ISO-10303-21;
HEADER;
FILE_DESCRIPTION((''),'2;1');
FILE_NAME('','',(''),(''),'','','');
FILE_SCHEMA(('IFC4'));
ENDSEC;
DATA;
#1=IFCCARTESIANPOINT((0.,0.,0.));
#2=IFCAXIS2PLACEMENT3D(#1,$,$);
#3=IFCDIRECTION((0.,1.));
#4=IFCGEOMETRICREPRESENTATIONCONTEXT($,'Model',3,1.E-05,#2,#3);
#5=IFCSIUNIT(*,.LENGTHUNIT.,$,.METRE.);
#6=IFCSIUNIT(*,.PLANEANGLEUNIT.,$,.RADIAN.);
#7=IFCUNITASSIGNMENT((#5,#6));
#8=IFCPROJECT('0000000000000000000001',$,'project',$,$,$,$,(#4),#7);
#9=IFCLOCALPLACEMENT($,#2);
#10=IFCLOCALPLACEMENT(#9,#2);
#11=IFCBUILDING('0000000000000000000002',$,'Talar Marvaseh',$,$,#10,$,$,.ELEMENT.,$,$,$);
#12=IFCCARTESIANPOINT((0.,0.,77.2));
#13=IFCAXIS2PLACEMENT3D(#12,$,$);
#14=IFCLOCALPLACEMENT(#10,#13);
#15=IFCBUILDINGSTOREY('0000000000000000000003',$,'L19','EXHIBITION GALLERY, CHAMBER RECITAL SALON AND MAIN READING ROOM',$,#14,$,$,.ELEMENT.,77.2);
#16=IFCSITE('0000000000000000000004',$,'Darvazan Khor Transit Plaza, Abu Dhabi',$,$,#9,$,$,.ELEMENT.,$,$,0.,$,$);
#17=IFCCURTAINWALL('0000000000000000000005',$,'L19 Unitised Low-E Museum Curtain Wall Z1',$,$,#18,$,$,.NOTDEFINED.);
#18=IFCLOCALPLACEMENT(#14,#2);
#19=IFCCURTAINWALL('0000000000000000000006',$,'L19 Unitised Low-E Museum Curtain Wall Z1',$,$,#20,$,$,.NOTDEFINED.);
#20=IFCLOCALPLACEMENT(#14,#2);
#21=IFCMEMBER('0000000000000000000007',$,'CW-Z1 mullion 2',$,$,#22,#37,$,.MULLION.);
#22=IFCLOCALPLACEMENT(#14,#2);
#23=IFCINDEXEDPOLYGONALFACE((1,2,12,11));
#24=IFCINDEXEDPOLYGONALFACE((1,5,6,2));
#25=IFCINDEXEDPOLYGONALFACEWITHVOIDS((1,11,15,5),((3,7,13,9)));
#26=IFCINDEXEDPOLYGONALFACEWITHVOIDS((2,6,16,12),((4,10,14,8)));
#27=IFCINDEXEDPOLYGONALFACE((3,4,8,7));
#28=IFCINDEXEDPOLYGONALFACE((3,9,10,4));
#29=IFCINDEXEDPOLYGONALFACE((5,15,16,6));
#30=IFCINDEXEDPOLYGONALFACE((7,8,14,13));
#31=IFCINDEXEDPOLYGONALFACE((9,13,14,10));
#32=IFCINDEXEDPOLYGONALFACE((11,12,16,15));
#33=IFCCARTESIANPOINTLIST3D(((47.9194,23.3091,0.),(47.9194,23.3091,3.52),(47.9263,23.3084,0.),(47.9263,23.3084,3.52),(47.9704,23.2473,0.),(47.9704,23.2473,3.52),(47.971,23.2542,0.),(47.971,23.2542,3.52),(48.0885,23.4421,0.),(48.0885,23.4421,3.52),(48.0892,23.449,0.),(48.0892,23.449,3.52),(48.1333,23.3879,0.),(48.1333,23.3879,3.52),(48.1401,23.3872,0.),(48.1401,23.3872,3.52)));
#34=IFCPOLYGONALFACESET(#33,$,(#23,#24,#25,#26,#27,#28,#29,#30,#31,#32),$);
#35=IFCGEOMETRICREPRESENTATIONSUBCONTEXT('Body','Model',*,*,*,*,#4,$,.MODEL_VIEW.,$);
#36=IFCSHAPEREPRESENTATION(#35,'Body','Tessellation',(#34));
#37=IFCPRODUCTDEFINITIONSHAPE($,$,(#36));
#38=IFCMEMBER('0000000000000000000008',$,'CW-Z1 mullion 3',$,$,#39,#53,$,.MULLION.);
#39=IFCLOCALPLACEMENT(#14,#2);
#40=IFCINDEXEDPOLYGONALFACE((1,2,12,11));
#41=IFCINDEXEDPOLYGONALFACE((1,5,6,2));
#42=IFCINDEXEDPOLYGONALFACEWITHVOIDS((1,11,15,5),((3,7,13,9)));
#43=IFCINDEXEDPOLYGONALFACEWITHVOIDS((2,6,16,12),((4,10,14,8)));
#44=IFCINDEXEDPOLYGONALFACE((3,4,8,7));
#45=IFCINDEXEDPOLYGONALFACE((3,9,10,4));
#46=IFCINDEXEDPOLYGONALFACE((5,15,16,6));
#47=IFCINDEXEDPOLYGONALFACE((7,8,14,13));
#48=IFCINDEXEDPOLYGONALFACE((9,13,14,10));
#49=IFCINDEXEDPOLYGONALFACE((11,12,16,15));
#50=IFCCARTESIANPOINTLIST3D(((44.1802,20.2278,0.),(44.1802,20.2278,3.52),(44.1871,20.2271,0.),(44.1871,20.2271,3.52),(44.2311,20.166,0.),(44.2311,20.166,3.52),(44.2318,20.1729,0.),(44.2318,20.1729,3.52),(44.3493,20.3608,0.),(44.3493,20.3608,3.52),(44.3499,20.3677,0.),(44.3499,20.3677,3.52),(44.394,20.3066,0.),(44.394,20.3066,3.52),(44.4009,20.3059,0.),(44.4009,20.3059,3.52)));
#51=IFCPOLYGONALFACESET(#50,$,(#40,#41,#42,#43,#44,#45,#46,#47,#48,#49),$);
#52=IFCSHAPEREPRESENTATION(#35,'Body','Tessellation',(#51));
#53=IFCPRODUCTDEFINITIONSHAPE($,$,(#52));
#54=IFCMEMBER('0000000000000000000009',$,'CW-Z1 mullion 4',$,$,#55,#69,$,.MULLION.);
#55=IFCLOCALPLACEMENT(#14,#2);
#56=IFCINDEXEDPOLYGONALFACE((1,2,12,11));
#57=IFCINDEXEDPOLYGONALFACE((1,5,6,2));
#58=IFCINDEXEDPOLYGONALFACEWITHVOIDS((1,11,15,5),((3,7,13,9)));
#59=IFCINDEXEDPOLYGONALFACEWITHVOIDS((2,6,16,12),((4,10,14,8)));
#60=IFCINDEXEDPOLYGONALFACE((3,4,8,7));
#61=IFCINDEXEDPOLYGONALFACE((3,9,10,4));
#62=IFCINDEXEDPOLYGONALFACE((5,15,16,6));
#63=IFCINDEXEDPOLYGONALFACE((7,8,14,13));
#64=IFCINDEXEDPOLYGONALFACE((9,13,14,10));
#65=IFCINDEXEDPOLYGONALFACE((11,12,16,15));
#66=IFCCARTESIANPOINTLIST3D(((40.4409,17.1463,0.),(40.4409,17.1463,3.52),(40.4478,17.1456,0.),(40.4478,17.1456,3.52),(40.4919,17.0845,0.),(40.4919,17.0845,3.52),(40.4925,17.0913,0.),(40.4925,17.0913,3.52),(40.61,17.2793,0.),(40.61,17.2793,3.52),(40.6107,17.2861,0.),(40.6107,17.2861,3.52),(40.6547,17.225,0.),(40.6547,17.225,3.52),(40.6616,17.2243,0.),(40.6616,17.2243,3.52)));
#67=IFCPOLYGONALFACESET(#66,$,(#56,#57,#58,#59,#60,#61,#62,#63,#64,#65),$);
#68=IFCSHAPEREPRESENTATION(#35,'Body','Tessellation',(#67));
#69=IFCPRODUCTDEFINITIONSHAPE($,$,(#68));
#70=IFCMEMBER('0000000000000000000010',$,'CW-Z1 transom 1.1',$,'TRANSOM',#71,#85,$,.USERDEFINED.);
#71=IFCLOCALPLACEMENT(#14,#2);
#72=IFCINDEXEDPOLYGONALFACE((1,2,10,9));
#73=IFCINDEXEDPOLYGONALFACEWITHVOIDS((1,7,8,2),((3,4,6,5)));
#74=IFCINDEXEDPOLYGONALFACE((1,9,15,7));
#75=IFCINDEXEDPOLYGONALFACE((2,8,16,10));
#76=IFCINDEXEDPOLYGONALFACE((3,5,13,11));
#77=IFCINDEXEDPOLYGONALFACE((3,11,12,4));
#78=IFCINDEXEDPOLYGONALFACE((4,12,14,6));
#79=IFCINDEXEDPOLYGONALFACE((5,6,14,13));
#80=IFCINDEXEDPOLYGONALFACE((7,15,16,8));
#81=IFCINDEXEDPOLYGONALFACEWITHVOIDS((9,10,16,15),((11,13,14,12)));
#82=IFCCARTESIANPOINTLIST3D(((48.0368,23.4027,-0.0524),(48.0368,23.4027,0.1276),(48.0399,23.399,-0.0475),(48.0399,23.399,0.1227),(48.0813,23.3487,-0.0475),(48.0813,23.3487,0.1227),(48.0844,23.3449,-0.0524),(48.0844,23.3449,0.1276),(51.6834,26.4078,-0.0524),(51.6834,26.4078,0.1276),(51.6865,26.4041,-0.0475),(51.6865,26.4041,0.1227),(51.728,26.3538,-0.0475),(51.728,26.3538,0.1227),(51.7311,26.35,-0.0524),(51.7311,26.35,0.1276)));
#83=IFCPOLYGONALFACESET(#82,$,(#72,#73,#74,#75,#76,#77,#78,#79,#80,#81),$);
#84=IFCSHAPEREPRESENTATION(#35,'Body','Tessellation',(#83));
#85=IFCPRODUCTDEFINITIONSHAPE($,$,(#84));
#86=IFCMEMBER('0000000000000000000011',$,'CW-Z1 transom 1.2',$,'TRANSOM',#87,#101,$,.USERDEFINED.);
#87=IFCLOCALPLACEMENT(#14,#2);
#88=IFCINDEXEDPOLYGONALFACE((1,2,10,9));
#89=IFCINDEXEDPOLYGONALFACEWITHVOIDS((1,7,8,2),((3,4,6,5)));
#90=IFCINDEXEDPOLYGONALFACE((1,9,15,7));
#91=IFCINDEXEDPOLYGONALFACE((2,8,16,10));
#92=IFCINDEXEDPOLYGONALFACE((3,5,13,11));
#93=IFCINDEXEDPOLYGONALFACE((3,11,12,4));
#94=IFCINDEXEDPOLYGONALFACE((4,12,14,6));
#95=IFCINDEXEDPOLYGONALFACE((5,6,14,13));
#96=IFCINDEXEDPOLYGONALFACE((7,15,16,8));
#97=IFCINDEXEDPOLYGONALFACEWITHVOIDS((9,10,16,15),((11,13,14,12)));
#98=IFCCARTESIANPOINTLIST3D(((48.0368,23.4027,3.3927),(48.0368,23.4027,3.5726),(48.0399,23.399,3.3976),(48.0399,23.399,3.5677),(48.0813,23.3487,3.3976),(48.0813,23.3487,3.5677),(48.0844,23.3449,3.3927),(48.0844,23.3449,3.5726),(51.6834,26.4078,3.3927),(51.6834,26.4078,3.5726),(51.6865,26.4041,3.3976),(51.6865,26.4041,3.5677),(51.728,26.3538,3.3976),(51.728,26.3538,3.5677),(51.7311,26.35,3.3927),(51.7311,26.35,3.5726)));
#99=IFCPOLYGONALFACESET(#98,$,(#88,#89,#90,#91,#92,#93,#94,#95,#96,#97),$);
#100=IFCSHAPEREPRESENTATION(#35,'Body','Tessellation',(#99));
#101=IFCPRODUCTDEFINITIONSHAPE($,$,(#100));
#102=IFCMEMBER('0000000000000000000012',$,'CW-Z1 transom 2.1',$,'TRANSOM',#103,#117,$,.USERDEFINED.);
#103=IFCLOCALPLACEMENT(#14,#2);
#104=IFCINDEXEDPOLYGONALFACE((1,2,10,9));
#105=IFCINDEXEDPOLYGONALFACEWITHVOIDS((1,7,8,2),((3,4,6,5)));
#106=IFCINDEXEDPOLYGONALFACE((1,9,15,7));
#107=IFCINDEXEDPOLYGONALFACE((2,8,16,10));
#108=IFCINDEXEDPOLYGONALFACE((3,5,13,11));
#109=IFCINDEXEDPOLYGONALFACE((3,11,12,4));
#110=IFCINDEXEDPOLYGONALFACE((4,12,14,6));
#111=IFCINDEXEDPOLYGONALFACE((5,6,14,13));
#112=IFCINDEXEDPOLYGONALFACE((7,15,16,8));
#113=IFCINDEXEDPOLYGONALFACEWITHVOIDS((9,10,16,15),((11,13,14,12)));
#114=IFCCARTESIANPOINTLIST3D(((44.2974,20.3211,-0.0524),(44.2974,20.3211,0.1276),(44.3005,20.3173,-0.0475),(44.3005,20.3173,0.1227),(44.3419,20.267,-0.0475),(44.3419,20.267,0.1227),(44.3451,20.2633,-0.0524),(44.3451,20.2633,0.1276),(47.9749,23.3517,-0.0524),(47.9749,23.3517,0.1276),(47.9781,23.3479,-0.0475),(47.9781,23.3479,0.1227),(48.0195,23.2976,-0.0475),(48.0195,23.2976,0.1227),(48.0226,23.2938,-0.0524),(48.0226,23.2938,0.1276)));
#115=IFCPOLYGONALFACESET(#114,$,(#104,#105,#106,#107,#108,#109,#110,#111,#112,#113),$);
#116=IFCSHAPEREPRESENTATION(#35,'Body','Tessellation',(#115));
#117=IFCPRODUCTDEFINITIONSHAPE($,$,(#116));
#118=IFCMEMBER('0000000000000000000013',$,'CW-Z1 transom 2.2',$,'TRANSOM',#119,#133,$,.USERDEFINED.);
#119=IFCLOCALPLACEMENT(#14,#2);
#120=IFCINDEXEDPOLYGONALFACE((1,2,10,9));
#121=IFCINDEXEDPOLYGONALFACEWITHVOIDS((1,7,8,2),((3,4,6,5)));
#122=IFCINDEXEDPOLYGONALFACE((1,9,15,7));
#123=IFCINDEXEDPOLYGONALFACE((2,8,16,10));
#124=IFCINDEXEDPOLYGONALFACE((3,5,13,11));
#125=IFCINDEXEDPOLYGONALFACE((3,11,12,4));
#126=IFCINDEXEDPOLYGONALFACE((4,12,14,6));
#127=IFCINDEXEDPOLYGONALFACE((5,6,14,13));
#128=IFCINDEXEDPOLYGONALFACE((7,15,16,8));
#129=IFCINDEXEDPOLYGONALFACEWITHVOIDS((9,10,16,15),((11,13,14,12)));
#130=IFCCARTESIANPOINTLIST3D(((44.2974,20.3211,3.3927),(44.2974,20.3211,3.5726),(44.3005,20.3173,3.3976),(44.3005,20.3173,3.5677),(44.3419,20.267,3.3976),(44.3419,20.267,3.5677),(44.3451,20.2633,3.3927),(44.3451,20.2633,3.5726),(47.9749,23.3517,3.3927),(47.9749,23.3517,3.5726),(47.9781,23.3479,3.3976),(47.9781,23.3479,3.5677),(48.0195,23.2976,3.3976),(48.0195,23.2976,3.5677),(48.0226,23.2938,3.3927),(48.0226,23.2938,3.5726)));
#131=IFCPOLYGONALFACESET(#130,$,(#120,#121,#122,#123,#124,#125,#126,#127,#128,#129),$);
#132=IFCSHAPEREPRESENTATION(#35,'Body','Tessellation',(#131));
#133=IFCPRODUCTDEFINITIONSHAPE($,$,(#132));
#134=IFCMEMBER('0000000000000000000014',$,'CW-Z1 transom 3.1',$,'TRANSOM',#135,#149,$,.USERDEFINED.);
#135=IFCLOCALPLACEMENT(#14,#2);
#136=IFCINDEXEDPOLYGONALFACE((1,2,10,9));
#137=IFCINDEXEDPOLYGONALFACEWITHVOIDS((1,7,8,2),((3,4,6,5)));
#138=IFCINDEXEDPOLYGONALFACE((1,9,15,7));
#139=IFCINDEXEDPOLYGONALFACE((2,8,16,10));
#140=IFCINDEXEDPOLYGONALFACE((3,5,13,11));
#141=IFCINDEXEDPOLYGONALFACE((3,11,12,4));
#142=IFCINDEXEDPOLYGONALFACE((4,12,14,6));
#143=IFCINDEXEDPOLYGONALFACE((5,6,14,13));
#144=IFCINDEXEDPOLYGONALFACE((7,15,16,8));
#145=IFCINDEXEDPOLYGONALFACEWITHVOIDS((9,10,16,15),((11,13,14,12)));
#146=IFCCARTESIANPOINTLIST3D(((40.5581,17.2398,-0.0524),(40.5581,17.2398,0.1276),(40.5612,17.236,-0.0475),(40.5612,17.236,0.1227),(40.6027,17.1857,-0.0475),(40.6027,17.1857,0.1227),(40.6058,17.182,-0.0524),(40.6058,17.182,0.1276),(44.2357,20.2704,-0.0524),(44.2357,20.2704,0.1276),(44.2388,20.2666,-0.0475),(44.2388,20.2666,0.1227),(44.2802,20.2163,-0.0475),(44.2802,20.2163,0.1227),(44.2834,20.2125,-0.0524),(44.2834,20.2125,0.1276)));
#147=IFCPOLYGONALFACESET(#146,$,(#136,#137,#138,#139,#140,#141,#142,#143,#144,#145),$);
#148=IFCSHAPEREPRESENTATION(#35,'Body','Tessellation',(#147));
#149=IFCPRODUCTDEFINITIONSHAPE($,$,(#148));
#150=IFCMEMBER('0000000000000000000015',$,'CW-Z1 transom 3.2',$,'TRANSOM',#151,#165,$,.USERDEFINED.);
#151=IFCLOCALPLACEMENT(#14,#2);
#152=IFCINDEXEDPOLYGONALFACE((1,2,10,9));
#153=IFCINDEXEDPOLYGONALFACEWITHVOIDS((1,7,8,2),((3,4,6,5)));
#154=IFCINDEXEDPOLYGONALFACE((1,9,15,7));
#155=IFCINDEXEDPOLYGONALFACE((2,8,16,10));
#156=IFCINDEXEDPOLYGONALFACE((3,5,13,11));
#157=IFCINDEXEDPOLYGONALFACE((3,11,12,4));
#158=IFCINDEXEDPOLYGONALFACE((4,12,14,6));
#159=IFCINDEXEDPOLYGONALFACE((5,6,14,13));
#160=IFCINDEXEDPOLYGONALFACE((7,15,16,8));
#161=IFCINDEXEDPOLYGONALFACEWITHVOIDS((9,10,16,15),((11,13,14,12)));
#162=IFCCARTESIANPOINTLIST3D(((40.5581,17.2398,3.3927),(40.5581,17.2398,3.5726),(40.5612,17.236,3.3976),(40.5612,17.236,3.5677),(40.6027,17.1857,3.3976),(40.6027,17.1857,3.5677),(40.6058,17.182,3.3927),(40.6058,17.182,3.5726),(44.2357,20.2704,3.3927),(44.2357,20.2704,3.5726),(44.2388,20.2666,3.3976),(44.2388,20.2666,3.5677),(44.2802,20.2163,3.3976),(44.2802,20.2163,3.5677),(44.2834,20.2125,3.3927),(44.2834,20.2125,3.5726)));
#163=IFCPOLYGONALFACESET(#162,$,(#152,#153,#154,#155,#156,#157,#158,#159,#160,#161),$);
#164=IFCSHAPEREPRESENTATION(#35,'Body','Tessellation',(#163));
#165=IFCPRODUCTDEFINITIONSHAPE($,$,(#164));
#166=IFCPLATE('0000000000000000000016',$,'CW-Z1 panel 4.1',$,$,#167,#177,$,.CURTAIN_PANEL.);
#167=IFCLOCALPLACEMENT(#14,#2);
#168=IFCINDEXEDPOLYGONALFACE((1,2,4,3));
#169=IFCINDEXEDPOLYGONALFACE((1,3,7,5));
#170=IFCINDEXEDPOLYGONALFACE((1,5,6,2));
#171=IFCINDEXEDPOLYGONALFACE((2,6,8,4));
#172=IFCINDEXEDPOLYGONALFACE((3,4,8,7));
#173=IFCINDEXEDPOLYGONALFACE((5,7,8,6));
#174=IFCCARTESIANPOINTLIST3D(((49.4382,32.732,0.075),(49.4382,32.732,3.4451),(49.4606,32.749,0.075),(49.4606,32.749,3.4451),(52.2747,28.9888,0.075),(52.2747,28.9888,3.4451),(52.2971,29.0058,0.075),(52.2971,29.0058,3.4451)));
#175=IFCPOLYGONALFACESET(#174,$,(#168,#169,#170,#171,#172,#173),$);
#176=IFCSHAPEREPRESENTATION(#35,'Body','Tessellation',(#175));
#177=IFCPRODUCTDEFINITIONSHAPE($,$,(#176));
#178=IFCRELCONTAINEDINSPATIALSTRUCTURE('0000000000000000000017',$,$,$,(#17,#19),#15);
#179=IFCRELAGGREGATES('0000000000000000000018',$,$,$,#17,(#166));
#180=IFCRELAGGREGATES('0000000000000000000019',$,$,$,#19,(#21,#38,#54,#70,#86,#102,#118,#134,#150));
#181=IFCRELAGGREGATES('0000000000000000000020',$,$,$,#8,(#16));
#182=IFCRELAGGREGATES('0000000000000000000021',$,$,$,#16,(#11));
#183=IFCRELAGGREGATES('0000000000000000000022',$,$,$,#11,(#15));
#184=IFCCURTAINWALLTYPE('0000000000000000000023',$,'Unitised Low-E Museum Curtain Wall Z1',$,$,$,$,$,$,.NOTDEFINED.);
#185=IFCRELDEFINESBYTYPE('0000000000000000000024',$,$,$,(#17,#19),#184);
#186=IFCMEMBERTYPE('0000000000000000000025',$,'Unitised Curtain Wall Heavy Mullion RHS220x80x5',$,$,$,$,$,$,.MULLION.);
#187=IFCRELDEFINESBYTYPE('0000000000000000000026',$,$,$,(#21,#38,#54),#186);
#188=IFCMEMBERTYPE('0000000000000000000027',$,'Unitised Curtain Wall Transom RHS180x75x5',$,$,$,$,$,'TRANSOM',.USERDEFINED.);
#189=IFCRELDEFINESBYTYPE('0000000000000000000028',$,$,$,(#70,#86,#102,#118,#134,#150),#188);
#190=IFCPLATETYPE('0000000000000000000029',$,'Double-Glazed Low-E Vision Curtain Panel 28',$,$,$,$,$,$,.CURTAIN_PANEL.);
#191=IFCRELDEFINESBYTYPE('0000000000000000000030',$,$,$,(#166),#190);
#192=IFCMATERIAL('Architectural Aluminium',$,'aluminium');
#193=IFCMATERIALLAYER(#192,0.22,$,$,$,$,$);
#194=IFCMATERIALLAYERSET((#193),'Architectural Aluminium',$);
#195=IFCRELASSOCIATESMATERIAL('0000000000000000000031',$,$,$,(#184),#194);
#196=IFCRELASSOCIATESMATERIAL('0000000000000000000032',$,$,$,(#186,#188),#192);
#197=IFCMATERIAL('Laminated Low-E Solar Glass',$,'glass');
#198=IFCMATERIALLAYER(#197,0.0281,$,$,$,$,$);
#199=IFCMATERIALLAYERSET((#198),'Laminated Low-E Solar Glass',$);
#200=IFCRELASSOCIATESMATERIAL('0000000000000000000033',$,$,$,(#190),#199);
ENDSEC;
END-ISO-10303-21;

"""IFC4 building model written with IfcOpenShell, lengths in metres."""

from ifc_helpers import new_model, si_unit, direction, frame, origin, origin_2d, place, context, subcontext, project, spatial, rectangle, hollow_rectangle, extrude, source, transform, mapped, material, layer, layer_set, material_profile, profile_set, type_object, type_shapes, element, aggregate, save


model = new_model("IFC4")

# Units and contexts
model_context = context("Model", 3, precision=1e-05, world=origin(), true_north=direction((0.0, 1.0)))
body_context = subcontext(model_context, "Body", "Model", "MODEL_VIEW")
ifc_project = project(units=[si_unit("LENGTHUNIT", "METRE"), si_unit("PLANEANGLEUNIT", "RADIAN")], contexts=[model_context])

# Site, building, storey
site_placement = place(None, origin())
site = spatial("IfcSite", under=ifc_project, at=site_placement, Name="Darvazan Khor Transit Plaza, Abu Dhabi", CompositionType="ELEMENT", RefElevation=0.0)
building_placement = place(site_placement, origin())
building = spatial("IfcBuilding", under=site, at=building_placement, Name="Talar Marvaseh", CompositionType="ELEMENT")
storey_placement = place(building_placement, frame((0.0, 0.0, 77.2)))
storey = spatial("IfcBuildingStorey", under=building, at=storey_placement, Name="L19", Description="EXHIBITION GALLERY, CHAMBER RECITAL SALON AND MAIN READING ROOM", CompositionType="ELEMENT", Elevation=77.2)

# Curtain wall
ifc_material_1 = material(Name="Architectural Aluminium", Category="aluminium")
ifc_layer_1 = layer(ifc_material_1, 0.22)
ifc_layer_set_1 = layer_set([ifc_layer_1], Name="Architectural Aluminium")
curtain_wall_type = type_object("IfcCurtainWallType", Name="Unitised Low-E Museum Curtain Wall Z1", PredefinedType="NOTDEFINED", material=ifc_layer_set_1)
curtain_wall_1_placement = place(storey_placement, origin())
curtain_wall_1 = element("IfcCurtainWall", 1, at=curtain_wall_1_placement, inside=storey, type_object=curtain_wall_type, Name="L19 Unitised Low-E Museum Curtain Wall Z1", PredefinedType="NOTDEFINED")
ifc_material_profile_1 = material_profile(ifc_material_1, hollow_rectangle(XDim=0.0801, YDim=0.22, WallThickness=0.0049, at=origin_2d()), Name="RHS220x80x5")
ifc_profile_set_1 = profile_set([ifc_material_profile_1], Name="Architectural Aluminium")
member_type_1 = type_object("IfcMemberType", Name="Unitised Curtain Wall Heavy Mullion RHS220x80x5", PredefinedType="MULLION", material=ifc_profile_set_1)
shared_shape_1 = source(origin(), body_context, "Body", "SweptSolid", [
    extrude(hollow_rectangle(XDim=0.0801, YDim=0.22, WallThickness=0.0049, at=origin_2d()), origin(), (0.0, 0.0, 1.0), 3.52),
])
type_shapes(member_type_1, [shared_shape_1])

# Curtain wall, members
curtain_wall_2_placement = place(storey_placement, origin())
curtain_wall_2 = element("IfcCurtainWall", 2, at=curtain_wall_2_placement, inside=storey, type_object=curtain_wall_type, Name="L19 Unitised Low-E Museum Curtain Wall Z1", PredefinedType="NOTDEFINED")
member_1_placement = place(storey_placement, frame((48.0298, 23.3481, 0.0), z_axis=(0.0, 0.0, 1.0), x_axis=(0.635959, -0.771723, 0.0)))
member_1 = element("IfcMember", 3, at=member_1_placement, type_object=member_type_1, Name="CW-Z1 mullion 2", PredefinedType="MULLION", context=body_context, shape_type="MappedRepresentation", body=[
    mapped(shared_shape_1, transform((0.0, 0.0, 0.0), x_axis=(1.0, 0.0, 0.0), y_axis=(0.0, 1.0, 0.0), z_axis=(0.0, 0.0, 1.0), scale=1.0)),
])
member_2_placement = place(storey_placement, frame((44.2905, 20.2668, 0.0), z_axis=(0.0, 0.0, 1.0), x_axis=(0.635959, -0.771723, 0.0)))
member_2 = element("IfcMember", 4, at=member_2_placement, type_object=member_type_1, Name="CW-Z1 mullion 3", PredefinedType="MULLION", context=body_context, shape_type="MappedRepresentation", body=[
    mapped(shared_shape_1, transform((0.0, 0.0, 0.0), x_axis=(1.0, 0.0, 0.0), y_axis=(0.0, 1.0, 0.0), z_axis=(0.0, 0.0, 1.0), scale=1.0)),
])
member_3_placement = place(storey_placement, frame((40.5513, 17.1853, 0.0), z_axis=(0.0, 0.0, 1.0), x_axis=(0.635959, -0.771723, 0.0)))
member_3 = element("IfcMember", 5, at=member_3_placement, type_object=member_type_1, Name="CW-Z1 mullion 4", PredefinedType="MULLION", context=body_context, shape_type="MappedRepresentation", body=[
    mapped(shared_shape_1, transform((0.0, 0.0, 0.0), x_axis=(1.0, 0.0, 0.0), y_axis=(0.0, 1.0, 0.0), z_axis=(0.0, 0.0, 1.0), scale=1.0)),
])
ifc_material_profile_2 = material_profile(ifc_material_1, hollow_rectangle(XDim=0.075, YDim=0.1799, WallThickness=0.0049, at=origin_2d()), Name="RHS180x75x5")
ifc_profile_set_2 = profile_set([ifc_material_profile_2], Name="Architectural Aluminium")
member_type_2 = type_object("IfcMemberType", Name="Unitised Curtain Wall Transom RHS180x75x5", ElementType="TRANSOM", PredefinedType="USERDEFINED", material=ifc_profile_set_2)
shared_shape_2 = source(origin(), body_context, "Body", "SweptSolid", [
    extrude(hollow_rectangle(XDim=0.075, YDim=0.1799, WallThickness=0.0049, at=origin_2d()), origin(), (0.0, 0.0, 1.0), 4.7253),
])
member_4_placement = place(storey_placement, frame((51.7073, 26.3789, 0.0376), z_axis=(-0.771729, -0.635952, 0.0), x_axis=(0.635952, -0.771729, 0.0)))
member_4 = element("IfcMember", 6, at=member_4_placement, type_object=member_type_2, Name="CW-Z1 transom 1.1", ObjectType="TRANSOM", PredefinedType="USERDEFINED", context=body_context, shape_type="MappedRepresentation", body=[
    mapped(shared_shape_2, transform((0.0, 0.0, 0.0), x_axis=(1.0, 0.0, 0.0), y_axis=(0.0, 1.0, 0.0), z_axis=(0.0, 0.0, 1.0), scale=1.0)),
])
member_5_placement = place(storey_placement, frame((51.7073, 26.3789, 3.4827), z_axis=(-0.771729, -0.635952, 0.0), x_axis=(0.635952, -0.771729, 0.0)))
member_5 = element("IfcMember", 7, at=member_5_placement, type_object=member_type_2, Name="CW-Z1 transom 1.2", ObjectType="TRANSOM", PredefinedType="USERDEFINED", context=body_context, shape_type="MappedRepresentation", body=[
    mapped(shared_shape_2, transform((0.0, 0.0, 0.0), x_axis=(1.0, 0.0, 0.0), y_axis=(0.0, 1.0, 0.0), z_axis=(0.0, 0.0, 1.0), scale=1.0)),
])
shared_shape_3 = source(origin(), body_context, "Body", "SweptSolid", [
    extrude(hollow_rectangle(XDim=0.075, YDim=0.1799, WallThickness=0.0049, at=origin_2d()), origin(), (0.0, 0.0, 1.0), 4.7654),
])
type_shapes(member_type_2, [shared_shape_2, shared_shape_3])
member_6_placement = place(storey_placement, frame((47.9988, 23.3228, 0.0376), z_axis=(-0.771725, -0.635957, 0.0), x_axis=(0.635957, -0.771725, 0.0)))
member_6 = element("IfcMember", 8, at=member_6_placement, type_object=member_type_2, Name="CW-Z1 transom 2.1", ObjectType="TRANSOM", PredefinedType="USERDEFINED", context=body_context, shape_type="MappedRepresentation", body=[
    mapped(shared_shape_3, transform((0.0, 0.0, 0.0), x_axis=(1.0, 0.0, 0.0), y_axis=(0.0, 1.0, 0.0), z_axis=(0.0, 0.0, 1.0), scale=1.0)),
])
member_7_placement = place(storey_placement, frame((47.9988, 23.3228, 3.4827), z_axis=(-0.771725, -0.635957, 0.0), x_axis=(0.635957, -0.771725, 0.0)))
member_7 = element("IfcMember", 9, at=member_7_placement, type_object=member_type_2, Name="CW-Z1 transom 2.2", ObjectType="TRANSOM", PredefinedType="USERDEFINED", context=body_context, shape_type="MappedRepresentation", body=[
    mapped(shared_shape_3, transform((0.0, 0.0, 0.0), x_axis=(1.0, 0.0, 0.0), y_axis=(0.0, 1.0, 0.0), z_axis=(0.0, 0.0, 1.0), scale=1.0)),
])
member_8_placement = place(storey_placement, frame((44.2595, 20.2415, 0.0376), z_axis=(-0.771725, -0.635957, 0.0), x_axis=(0.635957, -0.771725, 0.0)))
member_8 = element("IfcMember", 10, at=member_8_placement, type_object=member_type_2, Name="CW-Z1 transom 3.1", ObjectType="TRANSOM", PredefinedType="USERDEFINED", context=body_context, shape_type="MappedRepresentation", body=[
    mapped(shared_shape_3, transform((0.0, 0.0, 0.0), x_axis=(1.0, 0.0, 0.0), y_axis=(0.0, 1.0, 0.0), z_axis=(0.0, 0.0, 1.0), scale=1.0)),
])
member_9_placement = place(storey_placement, frame((44.2595, 20.2415, 3.4827), z_axis=(-0.771725, -0.635957, 0.0), x_axis=(0.635957, -0.771725, 0.0)))
member_9 = element("IfcMember", 11, at=member_9_placement, type_object=member_type_2, Name="CW-Z1 transom 3.2", ObjectType="TRANSOM", PredefinedType="USERDEFINED", context=body_context, shape_type="MappedRepresentation", body=[
    mapped(shared_shape_3, transform((0.0, 0.0, 0.0), x_axis=(1.0, 0.0, 0.0), y_axis=(0.0, 1.0, 0.0), z_axis=(0.0, 0.0, 1.0), scale=1.0)),
])

# Plate
ifc_material_2 = material(Name="Laminated Low-E Solar Glass", Category="glass")
ifc_layer_2 = layer(ifc_material_2, 0.0281)
ifc_layer_set_2 = layer_set([ifc_layer_2], Name="Laminated Low-E Solar Glass")
plate_type = type_object("IfcPlateType", Name="Double-Glazed Low-E Vision Curtain Panel 28", PredefinedType="CURTAIN_PANEL", material=ifc_layer_set_2)
shared_shape_4 = source(origin(), body_context, "Body", "SweptSolid", [
    extrude(rectangle(XDim=4.6965, YDim=0.0281, at=origin_2d()), origin(), (0.0, 0.0, 1.0), 3.3701),
])
plate_1_placement = place(storey_placement, frame((50.8677, 30.8689, 0.075), z_axis=(0.0, 0.0, 1.0), x_axis=(0.603959, -0.797015, 0.0)))
plate_1 = element("IfcPlate", 12, at=plate_1_placement, type_object=plate_type, Name="CW-Z1 panel 4.1", PredefinedType="CURTAIN_PANEL", context=body_context, shape_type="MappedRepresentation", body=[
    mapped(shared_shape_4, transform((0.0, 0.0, 0.0), x_axis=(1.0, 0.0, 0.0), y_axis=(0.0, 1.0, 0.0), z_axis=(0.0, 0.0, 1.0), scale=1.0)),
])
aggregate(curtain_wall_1, [plate_1])
aggregate(curtain_wall_2, [member_1, member_2, member_3, member_4, member_5, member_6, member_7, member_8, member_9])

save(model, "model.ifc")
